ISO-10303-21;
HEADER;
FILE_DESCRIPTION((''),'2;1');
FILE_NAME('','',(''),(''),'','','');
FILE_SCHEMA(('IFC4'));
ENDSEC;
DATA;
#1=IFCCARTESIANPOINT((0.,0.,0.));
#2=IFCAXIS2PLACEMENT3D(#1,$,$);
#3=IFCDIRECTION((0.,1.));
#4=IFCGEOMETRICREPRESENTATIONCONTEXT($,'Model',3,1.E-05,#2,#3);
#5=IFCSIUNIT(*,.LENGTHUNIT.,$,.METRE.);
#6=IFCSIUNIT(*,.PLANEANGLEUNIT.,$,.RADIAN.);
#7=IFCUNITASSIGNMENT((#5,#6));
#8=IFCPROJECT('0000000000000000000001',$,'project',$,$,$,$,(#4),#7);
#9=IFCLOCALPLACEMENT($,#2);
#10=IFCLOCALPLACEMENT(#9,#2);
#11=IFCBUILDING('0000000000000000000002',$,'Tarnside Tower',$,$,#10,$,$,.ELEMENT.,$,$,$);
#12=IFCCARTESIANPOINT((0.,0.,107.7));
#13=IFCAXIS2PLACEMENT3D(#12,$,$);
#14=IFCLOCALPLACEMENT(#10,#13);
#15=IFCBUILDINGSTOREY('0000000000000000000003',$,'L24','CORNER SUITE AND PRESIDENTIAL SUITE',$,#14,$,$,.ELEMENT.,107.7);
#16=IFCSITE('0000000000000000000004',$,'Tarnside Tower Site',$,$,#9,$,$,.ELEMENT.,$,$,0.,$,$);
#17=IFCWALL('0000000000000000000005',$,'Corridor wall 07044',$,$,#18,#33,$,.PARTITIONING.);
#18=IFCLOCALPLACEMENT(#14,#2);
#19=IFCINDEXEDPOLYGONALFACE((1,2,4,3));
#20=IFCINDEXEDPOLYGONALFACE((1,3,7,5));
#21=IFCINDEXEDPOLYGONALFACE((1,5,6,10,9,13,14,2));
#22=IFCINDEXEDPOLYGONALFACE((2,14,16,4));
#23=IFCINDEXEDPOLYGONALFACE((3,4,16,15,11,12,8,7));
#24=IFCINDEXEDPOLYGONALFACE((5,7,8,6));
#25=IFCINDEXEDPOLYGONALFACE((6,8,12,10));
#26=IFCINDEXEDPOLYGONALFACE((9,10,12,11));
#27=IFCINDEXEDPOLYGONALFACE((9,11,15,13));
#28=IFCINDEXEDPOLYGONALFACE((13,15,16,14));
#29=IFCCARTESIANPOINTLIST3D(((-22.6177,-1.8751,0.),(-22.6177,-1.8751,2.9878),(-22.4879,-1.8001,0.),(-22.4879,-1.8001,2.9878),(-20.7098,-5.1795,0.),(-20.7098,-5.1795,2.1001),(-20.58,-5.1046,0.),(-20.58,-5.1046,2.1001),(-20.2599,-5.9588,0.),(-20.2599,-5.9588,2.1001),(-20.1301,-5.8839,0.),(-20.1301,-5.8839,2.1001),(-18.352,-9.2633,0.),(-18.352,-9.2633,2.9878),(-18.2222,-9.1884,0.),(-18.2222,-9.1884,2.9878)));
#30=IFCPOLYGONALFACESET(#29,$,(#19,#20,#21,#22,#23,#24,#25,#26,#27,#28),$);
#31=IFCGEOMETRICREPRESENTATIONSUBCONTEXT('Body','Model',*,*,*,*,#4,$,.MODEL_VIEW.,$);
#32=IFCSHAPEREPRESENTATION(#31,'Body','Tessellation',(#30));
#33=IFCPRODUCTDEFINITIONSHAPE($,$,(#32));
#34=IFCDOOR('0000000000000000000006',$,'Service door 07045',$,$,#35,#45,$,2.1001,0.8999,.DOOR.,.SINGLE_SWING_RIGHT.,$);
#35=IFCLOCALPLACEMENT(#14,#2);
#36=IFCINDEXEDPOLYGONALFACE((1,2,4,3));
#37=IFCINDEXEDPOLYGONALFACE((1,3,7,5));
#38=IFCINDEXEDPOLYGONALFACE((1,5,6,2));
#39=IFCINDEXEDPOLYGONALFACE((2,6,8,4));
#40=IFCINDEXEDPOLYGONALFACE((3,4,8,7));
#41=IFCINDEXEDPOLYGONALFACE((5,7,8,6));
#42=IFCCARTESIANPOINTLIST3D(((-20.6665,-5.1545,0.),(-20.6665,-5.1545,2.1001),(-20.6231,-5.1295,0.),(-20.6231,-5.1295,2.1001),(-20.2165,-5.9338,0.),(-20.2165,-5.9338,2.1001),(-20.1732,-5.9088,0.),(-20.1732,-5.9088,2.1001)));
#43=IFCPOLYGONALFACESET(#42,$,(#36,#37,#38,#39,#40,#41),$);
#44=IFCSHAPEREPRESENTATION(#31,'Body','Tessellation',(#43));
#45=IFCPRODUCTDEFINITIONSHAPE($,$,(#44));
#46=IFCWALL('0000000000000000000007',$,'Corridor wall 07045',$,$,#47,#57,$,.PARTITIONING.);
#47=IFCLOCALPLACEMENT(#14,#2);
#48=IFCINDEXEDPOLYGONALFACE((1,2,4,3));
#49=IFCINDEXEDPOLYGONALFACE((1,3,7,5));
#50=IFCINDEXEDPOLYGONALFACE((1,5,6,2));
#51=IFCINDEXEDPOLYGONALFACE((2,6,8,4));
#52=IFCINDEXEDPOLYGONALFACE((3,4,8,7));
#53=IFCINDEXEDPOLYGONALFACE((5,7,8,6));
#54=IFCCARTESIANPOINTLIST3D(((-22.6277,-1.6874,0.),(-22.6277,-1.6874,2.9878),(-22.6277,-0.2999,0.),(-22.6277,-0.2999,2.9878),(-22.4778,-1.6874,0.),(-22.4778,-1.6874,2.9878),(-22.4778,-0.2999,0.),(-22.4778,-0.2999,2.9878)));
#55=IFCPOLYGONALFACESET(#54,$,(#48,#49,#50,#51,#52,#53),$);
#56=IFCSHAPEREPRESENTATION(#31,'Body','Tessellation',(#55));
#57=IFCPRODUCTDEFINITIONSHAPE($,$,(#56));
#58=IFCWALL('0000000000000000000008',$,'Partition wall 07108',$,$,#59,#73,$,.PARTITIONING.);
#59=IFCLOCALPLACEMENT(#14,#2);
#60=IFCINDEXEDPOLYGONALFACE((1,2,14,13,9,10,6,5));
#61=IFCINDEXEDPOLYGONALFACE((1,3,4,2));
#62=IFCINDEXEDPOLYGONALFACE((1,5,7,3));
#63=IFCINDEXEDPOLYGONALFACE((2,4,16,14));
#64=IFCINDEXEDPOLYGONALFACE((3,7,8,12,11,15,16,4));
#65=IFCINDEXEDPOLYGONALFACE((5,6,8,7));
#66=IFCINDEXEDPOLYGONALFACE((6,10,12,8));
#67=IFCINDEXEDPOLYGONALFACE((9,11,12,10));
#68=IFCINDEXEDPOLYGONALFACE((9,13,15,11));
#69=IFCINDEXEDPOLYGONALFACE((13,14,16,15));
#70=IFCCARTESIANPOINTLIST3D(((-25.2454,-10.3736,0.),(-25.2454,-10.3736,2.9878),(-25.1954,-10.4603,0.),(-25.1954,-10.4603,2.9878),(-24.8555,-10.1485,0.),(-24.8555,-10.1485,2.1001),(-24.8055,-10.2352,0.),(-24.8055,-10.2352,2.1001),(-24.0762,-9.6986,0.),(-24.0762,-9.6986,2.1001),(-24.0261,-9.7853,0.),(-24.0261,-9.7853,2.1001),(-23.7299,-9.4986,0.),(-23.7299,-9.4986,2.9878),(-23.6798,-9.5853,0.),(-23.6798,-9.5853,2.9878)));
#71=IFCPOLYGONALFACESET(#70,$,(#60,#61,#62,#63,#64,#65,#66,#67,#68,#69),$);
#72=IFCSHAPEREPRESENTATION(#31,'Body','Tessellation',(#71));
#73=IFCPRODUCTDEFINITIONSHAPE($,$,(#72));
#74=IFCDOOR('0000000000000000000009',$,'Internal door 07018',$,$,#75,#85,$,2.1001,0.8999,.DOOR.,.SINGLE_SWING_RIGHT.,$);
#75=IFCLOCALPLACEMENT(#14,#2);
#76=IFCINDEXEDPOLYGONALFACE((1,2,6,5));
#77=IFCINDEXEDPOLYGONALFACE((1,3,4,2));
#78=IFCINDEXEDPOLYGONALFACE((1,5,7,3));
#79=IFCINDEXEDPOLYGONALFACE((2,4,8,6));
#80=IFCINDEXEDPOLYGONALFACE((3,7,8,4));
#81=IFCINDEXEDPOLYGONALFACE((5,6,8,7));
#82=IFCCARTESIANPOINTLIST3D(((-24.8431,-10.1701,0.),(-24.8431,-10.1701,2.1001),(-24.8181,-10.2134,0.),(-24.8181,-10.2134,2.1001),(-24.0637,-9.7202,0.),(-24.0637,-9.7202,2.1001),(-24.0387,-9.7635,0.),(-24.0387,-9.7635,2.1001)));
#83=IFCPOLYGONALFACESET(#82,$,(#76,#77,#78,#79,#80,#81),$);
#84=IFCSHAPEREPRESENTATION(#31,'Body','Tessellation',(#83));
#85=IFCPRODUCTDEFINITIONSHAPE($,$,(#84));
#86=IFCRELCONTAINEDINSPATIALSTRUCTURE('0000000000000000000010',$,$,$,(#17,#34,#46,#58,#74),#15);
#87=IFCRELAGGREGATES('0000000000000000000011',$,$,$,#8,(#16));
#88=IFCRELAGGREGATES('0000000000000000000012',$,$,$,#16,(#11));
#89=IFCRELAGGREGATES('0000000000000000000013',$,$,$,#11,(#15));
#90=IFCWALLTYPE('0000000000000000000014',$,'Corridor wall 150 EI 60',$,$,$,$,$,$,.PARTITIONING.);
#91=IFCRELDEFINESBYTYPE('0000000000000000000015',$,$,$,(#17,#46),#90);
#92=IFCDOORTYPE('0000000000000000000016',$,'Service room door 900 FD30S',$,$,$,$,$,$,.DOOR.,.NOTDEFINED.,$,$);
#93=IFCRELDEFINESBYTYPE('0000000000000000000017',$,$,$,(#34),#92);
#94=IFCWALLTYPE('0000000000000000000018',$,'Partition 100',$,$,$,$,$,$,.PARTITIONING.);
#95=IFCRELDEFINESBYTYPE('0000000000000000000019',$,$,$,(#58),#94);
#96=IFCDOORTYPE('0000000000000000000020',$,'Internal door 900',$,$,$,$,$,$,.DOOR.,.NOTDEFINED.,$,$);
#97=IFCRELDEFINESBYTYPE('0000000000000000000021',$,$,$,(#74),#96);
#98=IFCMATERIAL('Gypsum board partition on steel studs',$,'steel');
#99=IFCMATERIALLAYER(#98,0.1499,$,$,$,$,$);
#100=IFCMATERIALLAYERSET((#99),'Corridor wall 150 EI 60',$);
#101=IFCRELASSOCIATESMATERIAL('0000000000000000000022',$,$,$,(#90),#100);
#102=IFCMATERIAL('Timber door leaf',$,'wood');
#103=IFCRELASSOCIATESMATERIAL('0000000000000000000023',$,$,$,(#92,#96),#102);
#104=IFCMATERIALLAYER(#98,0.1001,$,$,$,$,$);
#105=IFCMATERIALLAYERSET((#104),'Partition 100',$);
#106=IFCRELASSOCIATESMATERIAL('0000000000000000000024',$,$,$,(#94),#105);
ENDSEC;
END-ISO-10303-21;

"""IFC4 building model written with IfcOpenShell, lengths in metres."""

from ifc_helpers import new_model, si_unit, direction, frame, frame_2d, origin, place, context, subcontext, project, spatial, rectangle, extrude, material, layer, layer_set, type_object, element, fill, save


model = new_model("IFC4")

# Units and contexts
model_context = context("Model", 3, precision=1e-05, world=origin(), true_north=direction((0.0, 1.0)))
body_context = subcontext(model_context, "Body", "Model", "MODEL_VIEW")
ifc_project = project(units=[si_unit("LENGTHUNIT", "METRE"), si_unit("PLANEANGLEUNIT", "RADIAN")], contexts=[model_context])

# Site, building, storey
site_placement = place(None, origin())
site = spatial("IfcSite", under=ifc_project, at=site_placement, Name="Tarnside Tower Site", CompositionType="ELEMENT", RefElevation=0.0)
building_placement = place(site_placement, origin())
building = spatial("IfcBuilding", under=site, at=building_placement, Name="Tarnside Tower", CompositionType="ELEMENT")
storey_placement = place(building_placement, frame((0.0, 0.0, 107.7)))
storey = spatial("IfcBuildingStorey", under=building, at=storey_placement, Name="L24", Description="CORNER SUITE AND PRESIDENTIAL SUITE", CompositionType="ELEMENT", Elevation=107.7)

# Shared definitions
ifc_material_1 = material(Name="Gypsum board partition on steel studs", Category="steel")

# Shared definitions
ifc_material_2 = material(Name="Timber door leaf", Category="wood")

# Shared definitions
ifc_layer_1 = layer(ifc_material_1, 0.1499)
ifc_layer_set_1 = layer_set([ifc_layer_1], Name="Corridor wall 150 EI 60")
wall_type_1 = type_object("IfcWallType", Name="Corridor wall 150 EI 60", PredefinedType="PARTITIONING", material=ifc_layer_set_1)

# Wall, opening, door
wall_1_placement = place(storey_placement, frame((-18.2871, -9.2258, 0.0), z_axis=(0.0, 0.0, 1.0), x_axis=(-0.500005, 0.866023, 0.0)))
wall_1 = element("IfcWall", 1, at=wall_1_placement, inside=storey, type_object=wall_type_1, Name="Corridor wall 07044", PredefinedType="PARTITIONING", context=body_context, shape_type="SweptSolid", body=[
    extrude(rectangle(XDim=8.5312, YDim=0.1499, at=frame_2d((4.2656, 0.0))), origin(), (0.0, 0.0, 1.0), 2.9878),
])
opening_1_placement = place(wall_1_placement, frame((3.8157, 0.0, 0.0)))
opening_1 = element("IfcOpeningElement", 2, at=opening_1_placement, cuts=wall_1, PredefinedType="OPENING", context=body_context, shape_type="SweptSolid", body=[
    extrude(rectangle(XDim=0.8999, YDim=2.1001, at=frame_2d((0.45, 1.05))), frame((0.0, 0.085, 0.0), z_axis=(0.0, -1.0, 0.0), x_axis=(1.0, 0.0, 0.0)), (0.0, 0.0, 1.0), 0.1699),
])
door_type_1 = type_object("IfcDoorType", Name="Service room door 900 FD30S", OperationType="NOTDEFINED", PredefinedType="DOOR", material=ifc_material_2)
door_1_placement = place(opening_1_placement, origin())
door_1 = element("IfcDoor", 3, at=door_1_placement, inside=storey, type_object=door_type_1, Name="Service door 07045", OperationType="SINGLE_SWING_RIGHT", OverallHeight=2.1001, OverallWidth=0.8999, PredefinedType="DOOR", context=body_context, shape_type="SweptSolid", body=[
    extrude(rectangle(XDim=0.8999, YDim=2.1001, at=frame_2d((0.45, 1.05))), frame((0.0, 0.0249, 0.0), z_axis=(0.0, -1.0, 0.0), x_axis=(1.0, 0.0, 0.0)), (0.0, 0.0, 1.0), 0.05),
])
fill(opening_1, door_1)

# Wall
wall_2_placement = place(storey_placement, frame((-22.5527, -1.6875, 0.0), z_axis=(0.0, 0.0, 1.0), x_axis=(0.0, 1.0, 0.0)))
element("IfcWall", 4, at=wall_2_placement, inside=storey, type_object=wall_type_1, Name="Corridor wall 07045", PredefinedType="PARTITIONING", context=body_context, shape_type="SweptSolid", body=[
    extrude(rectangle(XDim=1.3875, YDim=0.1499, at=frame_2d((0.6938, 0.0))), origin(), (0.0, 0.0, 1.0), 2.9878),
])

# Wall, opening, door
ifc_layer_2 = layer(ifc_material_1, 0.1001)
ifc_layer_set_2 = layer_set([ifc_layer_2], Name="Partition 100")
wall_type_2 = type_object("IfcWallType", Name="Partition 100", PredefinedType="PARTITIONING", material=ifc_layer_set_2)
wall_3_placement = place(storey_placement, frame((-23.7048, -9.542, 0.0), z_axis=(0.0, 0.0, 1.0), x_axis=(-0.866037, -0.49998, 0.0)))
wall_3 = element("IfcWall", 5, at=wall_3_placement, inside=storey, type_object=wall_type_2, Name="Partition wall 07108", PredefinedType="PARTITIONING", context=body_context, shape_type="SweptSolid", body=[
    extrude(rectangle(XDim=1.75, YDim=0.1001, at=frame_2d((0.875, 0.0))), origin(), (0.0, 0.0, 1.0), 2.9878),
])
opening_2_placement = place(wall_3_placement, frame((0.3999, 0.0, 0.0)))
opening_2 = element("IfcOpeningElement", 6, at=opening_2_placement, cuts=wall_3, PredefinedType="OPENING", context=body_context, shape_type="SweptSolid", body=[
    extrude(rectangle(XDim=0.8999, YDim=2.1001, at=frame_2d((0.45, 1.05))), frame((0.0, 0.0601, 0.0), z_axis=(0.0, -1.0, 0.0), x_axis=(1.0, 0.0, 0.0)), (0.0, 0.0, 1.0), 0.1201),
])
door_type_2 = type_object("IfcDoorType", Name="Internal door 900", OperationType="NOTDEFINED", PredefinedType="DOOR", material=ifc_material_2)
door_2_placement = place(opening_2_placement, origin())
door_2 = element("IfcDoor", 7, at=door_2_placement, inside=storey, type_object=door_type_2, Name="Internal door 07018", OperationType="SINGLE_SWING_RIGHT", OverallHeight=2.1001, OverallWidth=0.8999, PredefinedType="DOOR", context=body_context, shape_type="SweptSolid", body=[
    extrude(rectangle(XDim=0.8999, YDim=2.1001, at=frame_2d((0.45, 1.05))), frame((0.0, 0.0249, 0.0), z_axis=(0.0, -1.0, 0.0), x_axis=(1.0, 0.0, 0.0)), (0.0, 0.0, 1.0), 0.05),
])
fill(opening_2, door_2)

save(model, "model.ifc")
